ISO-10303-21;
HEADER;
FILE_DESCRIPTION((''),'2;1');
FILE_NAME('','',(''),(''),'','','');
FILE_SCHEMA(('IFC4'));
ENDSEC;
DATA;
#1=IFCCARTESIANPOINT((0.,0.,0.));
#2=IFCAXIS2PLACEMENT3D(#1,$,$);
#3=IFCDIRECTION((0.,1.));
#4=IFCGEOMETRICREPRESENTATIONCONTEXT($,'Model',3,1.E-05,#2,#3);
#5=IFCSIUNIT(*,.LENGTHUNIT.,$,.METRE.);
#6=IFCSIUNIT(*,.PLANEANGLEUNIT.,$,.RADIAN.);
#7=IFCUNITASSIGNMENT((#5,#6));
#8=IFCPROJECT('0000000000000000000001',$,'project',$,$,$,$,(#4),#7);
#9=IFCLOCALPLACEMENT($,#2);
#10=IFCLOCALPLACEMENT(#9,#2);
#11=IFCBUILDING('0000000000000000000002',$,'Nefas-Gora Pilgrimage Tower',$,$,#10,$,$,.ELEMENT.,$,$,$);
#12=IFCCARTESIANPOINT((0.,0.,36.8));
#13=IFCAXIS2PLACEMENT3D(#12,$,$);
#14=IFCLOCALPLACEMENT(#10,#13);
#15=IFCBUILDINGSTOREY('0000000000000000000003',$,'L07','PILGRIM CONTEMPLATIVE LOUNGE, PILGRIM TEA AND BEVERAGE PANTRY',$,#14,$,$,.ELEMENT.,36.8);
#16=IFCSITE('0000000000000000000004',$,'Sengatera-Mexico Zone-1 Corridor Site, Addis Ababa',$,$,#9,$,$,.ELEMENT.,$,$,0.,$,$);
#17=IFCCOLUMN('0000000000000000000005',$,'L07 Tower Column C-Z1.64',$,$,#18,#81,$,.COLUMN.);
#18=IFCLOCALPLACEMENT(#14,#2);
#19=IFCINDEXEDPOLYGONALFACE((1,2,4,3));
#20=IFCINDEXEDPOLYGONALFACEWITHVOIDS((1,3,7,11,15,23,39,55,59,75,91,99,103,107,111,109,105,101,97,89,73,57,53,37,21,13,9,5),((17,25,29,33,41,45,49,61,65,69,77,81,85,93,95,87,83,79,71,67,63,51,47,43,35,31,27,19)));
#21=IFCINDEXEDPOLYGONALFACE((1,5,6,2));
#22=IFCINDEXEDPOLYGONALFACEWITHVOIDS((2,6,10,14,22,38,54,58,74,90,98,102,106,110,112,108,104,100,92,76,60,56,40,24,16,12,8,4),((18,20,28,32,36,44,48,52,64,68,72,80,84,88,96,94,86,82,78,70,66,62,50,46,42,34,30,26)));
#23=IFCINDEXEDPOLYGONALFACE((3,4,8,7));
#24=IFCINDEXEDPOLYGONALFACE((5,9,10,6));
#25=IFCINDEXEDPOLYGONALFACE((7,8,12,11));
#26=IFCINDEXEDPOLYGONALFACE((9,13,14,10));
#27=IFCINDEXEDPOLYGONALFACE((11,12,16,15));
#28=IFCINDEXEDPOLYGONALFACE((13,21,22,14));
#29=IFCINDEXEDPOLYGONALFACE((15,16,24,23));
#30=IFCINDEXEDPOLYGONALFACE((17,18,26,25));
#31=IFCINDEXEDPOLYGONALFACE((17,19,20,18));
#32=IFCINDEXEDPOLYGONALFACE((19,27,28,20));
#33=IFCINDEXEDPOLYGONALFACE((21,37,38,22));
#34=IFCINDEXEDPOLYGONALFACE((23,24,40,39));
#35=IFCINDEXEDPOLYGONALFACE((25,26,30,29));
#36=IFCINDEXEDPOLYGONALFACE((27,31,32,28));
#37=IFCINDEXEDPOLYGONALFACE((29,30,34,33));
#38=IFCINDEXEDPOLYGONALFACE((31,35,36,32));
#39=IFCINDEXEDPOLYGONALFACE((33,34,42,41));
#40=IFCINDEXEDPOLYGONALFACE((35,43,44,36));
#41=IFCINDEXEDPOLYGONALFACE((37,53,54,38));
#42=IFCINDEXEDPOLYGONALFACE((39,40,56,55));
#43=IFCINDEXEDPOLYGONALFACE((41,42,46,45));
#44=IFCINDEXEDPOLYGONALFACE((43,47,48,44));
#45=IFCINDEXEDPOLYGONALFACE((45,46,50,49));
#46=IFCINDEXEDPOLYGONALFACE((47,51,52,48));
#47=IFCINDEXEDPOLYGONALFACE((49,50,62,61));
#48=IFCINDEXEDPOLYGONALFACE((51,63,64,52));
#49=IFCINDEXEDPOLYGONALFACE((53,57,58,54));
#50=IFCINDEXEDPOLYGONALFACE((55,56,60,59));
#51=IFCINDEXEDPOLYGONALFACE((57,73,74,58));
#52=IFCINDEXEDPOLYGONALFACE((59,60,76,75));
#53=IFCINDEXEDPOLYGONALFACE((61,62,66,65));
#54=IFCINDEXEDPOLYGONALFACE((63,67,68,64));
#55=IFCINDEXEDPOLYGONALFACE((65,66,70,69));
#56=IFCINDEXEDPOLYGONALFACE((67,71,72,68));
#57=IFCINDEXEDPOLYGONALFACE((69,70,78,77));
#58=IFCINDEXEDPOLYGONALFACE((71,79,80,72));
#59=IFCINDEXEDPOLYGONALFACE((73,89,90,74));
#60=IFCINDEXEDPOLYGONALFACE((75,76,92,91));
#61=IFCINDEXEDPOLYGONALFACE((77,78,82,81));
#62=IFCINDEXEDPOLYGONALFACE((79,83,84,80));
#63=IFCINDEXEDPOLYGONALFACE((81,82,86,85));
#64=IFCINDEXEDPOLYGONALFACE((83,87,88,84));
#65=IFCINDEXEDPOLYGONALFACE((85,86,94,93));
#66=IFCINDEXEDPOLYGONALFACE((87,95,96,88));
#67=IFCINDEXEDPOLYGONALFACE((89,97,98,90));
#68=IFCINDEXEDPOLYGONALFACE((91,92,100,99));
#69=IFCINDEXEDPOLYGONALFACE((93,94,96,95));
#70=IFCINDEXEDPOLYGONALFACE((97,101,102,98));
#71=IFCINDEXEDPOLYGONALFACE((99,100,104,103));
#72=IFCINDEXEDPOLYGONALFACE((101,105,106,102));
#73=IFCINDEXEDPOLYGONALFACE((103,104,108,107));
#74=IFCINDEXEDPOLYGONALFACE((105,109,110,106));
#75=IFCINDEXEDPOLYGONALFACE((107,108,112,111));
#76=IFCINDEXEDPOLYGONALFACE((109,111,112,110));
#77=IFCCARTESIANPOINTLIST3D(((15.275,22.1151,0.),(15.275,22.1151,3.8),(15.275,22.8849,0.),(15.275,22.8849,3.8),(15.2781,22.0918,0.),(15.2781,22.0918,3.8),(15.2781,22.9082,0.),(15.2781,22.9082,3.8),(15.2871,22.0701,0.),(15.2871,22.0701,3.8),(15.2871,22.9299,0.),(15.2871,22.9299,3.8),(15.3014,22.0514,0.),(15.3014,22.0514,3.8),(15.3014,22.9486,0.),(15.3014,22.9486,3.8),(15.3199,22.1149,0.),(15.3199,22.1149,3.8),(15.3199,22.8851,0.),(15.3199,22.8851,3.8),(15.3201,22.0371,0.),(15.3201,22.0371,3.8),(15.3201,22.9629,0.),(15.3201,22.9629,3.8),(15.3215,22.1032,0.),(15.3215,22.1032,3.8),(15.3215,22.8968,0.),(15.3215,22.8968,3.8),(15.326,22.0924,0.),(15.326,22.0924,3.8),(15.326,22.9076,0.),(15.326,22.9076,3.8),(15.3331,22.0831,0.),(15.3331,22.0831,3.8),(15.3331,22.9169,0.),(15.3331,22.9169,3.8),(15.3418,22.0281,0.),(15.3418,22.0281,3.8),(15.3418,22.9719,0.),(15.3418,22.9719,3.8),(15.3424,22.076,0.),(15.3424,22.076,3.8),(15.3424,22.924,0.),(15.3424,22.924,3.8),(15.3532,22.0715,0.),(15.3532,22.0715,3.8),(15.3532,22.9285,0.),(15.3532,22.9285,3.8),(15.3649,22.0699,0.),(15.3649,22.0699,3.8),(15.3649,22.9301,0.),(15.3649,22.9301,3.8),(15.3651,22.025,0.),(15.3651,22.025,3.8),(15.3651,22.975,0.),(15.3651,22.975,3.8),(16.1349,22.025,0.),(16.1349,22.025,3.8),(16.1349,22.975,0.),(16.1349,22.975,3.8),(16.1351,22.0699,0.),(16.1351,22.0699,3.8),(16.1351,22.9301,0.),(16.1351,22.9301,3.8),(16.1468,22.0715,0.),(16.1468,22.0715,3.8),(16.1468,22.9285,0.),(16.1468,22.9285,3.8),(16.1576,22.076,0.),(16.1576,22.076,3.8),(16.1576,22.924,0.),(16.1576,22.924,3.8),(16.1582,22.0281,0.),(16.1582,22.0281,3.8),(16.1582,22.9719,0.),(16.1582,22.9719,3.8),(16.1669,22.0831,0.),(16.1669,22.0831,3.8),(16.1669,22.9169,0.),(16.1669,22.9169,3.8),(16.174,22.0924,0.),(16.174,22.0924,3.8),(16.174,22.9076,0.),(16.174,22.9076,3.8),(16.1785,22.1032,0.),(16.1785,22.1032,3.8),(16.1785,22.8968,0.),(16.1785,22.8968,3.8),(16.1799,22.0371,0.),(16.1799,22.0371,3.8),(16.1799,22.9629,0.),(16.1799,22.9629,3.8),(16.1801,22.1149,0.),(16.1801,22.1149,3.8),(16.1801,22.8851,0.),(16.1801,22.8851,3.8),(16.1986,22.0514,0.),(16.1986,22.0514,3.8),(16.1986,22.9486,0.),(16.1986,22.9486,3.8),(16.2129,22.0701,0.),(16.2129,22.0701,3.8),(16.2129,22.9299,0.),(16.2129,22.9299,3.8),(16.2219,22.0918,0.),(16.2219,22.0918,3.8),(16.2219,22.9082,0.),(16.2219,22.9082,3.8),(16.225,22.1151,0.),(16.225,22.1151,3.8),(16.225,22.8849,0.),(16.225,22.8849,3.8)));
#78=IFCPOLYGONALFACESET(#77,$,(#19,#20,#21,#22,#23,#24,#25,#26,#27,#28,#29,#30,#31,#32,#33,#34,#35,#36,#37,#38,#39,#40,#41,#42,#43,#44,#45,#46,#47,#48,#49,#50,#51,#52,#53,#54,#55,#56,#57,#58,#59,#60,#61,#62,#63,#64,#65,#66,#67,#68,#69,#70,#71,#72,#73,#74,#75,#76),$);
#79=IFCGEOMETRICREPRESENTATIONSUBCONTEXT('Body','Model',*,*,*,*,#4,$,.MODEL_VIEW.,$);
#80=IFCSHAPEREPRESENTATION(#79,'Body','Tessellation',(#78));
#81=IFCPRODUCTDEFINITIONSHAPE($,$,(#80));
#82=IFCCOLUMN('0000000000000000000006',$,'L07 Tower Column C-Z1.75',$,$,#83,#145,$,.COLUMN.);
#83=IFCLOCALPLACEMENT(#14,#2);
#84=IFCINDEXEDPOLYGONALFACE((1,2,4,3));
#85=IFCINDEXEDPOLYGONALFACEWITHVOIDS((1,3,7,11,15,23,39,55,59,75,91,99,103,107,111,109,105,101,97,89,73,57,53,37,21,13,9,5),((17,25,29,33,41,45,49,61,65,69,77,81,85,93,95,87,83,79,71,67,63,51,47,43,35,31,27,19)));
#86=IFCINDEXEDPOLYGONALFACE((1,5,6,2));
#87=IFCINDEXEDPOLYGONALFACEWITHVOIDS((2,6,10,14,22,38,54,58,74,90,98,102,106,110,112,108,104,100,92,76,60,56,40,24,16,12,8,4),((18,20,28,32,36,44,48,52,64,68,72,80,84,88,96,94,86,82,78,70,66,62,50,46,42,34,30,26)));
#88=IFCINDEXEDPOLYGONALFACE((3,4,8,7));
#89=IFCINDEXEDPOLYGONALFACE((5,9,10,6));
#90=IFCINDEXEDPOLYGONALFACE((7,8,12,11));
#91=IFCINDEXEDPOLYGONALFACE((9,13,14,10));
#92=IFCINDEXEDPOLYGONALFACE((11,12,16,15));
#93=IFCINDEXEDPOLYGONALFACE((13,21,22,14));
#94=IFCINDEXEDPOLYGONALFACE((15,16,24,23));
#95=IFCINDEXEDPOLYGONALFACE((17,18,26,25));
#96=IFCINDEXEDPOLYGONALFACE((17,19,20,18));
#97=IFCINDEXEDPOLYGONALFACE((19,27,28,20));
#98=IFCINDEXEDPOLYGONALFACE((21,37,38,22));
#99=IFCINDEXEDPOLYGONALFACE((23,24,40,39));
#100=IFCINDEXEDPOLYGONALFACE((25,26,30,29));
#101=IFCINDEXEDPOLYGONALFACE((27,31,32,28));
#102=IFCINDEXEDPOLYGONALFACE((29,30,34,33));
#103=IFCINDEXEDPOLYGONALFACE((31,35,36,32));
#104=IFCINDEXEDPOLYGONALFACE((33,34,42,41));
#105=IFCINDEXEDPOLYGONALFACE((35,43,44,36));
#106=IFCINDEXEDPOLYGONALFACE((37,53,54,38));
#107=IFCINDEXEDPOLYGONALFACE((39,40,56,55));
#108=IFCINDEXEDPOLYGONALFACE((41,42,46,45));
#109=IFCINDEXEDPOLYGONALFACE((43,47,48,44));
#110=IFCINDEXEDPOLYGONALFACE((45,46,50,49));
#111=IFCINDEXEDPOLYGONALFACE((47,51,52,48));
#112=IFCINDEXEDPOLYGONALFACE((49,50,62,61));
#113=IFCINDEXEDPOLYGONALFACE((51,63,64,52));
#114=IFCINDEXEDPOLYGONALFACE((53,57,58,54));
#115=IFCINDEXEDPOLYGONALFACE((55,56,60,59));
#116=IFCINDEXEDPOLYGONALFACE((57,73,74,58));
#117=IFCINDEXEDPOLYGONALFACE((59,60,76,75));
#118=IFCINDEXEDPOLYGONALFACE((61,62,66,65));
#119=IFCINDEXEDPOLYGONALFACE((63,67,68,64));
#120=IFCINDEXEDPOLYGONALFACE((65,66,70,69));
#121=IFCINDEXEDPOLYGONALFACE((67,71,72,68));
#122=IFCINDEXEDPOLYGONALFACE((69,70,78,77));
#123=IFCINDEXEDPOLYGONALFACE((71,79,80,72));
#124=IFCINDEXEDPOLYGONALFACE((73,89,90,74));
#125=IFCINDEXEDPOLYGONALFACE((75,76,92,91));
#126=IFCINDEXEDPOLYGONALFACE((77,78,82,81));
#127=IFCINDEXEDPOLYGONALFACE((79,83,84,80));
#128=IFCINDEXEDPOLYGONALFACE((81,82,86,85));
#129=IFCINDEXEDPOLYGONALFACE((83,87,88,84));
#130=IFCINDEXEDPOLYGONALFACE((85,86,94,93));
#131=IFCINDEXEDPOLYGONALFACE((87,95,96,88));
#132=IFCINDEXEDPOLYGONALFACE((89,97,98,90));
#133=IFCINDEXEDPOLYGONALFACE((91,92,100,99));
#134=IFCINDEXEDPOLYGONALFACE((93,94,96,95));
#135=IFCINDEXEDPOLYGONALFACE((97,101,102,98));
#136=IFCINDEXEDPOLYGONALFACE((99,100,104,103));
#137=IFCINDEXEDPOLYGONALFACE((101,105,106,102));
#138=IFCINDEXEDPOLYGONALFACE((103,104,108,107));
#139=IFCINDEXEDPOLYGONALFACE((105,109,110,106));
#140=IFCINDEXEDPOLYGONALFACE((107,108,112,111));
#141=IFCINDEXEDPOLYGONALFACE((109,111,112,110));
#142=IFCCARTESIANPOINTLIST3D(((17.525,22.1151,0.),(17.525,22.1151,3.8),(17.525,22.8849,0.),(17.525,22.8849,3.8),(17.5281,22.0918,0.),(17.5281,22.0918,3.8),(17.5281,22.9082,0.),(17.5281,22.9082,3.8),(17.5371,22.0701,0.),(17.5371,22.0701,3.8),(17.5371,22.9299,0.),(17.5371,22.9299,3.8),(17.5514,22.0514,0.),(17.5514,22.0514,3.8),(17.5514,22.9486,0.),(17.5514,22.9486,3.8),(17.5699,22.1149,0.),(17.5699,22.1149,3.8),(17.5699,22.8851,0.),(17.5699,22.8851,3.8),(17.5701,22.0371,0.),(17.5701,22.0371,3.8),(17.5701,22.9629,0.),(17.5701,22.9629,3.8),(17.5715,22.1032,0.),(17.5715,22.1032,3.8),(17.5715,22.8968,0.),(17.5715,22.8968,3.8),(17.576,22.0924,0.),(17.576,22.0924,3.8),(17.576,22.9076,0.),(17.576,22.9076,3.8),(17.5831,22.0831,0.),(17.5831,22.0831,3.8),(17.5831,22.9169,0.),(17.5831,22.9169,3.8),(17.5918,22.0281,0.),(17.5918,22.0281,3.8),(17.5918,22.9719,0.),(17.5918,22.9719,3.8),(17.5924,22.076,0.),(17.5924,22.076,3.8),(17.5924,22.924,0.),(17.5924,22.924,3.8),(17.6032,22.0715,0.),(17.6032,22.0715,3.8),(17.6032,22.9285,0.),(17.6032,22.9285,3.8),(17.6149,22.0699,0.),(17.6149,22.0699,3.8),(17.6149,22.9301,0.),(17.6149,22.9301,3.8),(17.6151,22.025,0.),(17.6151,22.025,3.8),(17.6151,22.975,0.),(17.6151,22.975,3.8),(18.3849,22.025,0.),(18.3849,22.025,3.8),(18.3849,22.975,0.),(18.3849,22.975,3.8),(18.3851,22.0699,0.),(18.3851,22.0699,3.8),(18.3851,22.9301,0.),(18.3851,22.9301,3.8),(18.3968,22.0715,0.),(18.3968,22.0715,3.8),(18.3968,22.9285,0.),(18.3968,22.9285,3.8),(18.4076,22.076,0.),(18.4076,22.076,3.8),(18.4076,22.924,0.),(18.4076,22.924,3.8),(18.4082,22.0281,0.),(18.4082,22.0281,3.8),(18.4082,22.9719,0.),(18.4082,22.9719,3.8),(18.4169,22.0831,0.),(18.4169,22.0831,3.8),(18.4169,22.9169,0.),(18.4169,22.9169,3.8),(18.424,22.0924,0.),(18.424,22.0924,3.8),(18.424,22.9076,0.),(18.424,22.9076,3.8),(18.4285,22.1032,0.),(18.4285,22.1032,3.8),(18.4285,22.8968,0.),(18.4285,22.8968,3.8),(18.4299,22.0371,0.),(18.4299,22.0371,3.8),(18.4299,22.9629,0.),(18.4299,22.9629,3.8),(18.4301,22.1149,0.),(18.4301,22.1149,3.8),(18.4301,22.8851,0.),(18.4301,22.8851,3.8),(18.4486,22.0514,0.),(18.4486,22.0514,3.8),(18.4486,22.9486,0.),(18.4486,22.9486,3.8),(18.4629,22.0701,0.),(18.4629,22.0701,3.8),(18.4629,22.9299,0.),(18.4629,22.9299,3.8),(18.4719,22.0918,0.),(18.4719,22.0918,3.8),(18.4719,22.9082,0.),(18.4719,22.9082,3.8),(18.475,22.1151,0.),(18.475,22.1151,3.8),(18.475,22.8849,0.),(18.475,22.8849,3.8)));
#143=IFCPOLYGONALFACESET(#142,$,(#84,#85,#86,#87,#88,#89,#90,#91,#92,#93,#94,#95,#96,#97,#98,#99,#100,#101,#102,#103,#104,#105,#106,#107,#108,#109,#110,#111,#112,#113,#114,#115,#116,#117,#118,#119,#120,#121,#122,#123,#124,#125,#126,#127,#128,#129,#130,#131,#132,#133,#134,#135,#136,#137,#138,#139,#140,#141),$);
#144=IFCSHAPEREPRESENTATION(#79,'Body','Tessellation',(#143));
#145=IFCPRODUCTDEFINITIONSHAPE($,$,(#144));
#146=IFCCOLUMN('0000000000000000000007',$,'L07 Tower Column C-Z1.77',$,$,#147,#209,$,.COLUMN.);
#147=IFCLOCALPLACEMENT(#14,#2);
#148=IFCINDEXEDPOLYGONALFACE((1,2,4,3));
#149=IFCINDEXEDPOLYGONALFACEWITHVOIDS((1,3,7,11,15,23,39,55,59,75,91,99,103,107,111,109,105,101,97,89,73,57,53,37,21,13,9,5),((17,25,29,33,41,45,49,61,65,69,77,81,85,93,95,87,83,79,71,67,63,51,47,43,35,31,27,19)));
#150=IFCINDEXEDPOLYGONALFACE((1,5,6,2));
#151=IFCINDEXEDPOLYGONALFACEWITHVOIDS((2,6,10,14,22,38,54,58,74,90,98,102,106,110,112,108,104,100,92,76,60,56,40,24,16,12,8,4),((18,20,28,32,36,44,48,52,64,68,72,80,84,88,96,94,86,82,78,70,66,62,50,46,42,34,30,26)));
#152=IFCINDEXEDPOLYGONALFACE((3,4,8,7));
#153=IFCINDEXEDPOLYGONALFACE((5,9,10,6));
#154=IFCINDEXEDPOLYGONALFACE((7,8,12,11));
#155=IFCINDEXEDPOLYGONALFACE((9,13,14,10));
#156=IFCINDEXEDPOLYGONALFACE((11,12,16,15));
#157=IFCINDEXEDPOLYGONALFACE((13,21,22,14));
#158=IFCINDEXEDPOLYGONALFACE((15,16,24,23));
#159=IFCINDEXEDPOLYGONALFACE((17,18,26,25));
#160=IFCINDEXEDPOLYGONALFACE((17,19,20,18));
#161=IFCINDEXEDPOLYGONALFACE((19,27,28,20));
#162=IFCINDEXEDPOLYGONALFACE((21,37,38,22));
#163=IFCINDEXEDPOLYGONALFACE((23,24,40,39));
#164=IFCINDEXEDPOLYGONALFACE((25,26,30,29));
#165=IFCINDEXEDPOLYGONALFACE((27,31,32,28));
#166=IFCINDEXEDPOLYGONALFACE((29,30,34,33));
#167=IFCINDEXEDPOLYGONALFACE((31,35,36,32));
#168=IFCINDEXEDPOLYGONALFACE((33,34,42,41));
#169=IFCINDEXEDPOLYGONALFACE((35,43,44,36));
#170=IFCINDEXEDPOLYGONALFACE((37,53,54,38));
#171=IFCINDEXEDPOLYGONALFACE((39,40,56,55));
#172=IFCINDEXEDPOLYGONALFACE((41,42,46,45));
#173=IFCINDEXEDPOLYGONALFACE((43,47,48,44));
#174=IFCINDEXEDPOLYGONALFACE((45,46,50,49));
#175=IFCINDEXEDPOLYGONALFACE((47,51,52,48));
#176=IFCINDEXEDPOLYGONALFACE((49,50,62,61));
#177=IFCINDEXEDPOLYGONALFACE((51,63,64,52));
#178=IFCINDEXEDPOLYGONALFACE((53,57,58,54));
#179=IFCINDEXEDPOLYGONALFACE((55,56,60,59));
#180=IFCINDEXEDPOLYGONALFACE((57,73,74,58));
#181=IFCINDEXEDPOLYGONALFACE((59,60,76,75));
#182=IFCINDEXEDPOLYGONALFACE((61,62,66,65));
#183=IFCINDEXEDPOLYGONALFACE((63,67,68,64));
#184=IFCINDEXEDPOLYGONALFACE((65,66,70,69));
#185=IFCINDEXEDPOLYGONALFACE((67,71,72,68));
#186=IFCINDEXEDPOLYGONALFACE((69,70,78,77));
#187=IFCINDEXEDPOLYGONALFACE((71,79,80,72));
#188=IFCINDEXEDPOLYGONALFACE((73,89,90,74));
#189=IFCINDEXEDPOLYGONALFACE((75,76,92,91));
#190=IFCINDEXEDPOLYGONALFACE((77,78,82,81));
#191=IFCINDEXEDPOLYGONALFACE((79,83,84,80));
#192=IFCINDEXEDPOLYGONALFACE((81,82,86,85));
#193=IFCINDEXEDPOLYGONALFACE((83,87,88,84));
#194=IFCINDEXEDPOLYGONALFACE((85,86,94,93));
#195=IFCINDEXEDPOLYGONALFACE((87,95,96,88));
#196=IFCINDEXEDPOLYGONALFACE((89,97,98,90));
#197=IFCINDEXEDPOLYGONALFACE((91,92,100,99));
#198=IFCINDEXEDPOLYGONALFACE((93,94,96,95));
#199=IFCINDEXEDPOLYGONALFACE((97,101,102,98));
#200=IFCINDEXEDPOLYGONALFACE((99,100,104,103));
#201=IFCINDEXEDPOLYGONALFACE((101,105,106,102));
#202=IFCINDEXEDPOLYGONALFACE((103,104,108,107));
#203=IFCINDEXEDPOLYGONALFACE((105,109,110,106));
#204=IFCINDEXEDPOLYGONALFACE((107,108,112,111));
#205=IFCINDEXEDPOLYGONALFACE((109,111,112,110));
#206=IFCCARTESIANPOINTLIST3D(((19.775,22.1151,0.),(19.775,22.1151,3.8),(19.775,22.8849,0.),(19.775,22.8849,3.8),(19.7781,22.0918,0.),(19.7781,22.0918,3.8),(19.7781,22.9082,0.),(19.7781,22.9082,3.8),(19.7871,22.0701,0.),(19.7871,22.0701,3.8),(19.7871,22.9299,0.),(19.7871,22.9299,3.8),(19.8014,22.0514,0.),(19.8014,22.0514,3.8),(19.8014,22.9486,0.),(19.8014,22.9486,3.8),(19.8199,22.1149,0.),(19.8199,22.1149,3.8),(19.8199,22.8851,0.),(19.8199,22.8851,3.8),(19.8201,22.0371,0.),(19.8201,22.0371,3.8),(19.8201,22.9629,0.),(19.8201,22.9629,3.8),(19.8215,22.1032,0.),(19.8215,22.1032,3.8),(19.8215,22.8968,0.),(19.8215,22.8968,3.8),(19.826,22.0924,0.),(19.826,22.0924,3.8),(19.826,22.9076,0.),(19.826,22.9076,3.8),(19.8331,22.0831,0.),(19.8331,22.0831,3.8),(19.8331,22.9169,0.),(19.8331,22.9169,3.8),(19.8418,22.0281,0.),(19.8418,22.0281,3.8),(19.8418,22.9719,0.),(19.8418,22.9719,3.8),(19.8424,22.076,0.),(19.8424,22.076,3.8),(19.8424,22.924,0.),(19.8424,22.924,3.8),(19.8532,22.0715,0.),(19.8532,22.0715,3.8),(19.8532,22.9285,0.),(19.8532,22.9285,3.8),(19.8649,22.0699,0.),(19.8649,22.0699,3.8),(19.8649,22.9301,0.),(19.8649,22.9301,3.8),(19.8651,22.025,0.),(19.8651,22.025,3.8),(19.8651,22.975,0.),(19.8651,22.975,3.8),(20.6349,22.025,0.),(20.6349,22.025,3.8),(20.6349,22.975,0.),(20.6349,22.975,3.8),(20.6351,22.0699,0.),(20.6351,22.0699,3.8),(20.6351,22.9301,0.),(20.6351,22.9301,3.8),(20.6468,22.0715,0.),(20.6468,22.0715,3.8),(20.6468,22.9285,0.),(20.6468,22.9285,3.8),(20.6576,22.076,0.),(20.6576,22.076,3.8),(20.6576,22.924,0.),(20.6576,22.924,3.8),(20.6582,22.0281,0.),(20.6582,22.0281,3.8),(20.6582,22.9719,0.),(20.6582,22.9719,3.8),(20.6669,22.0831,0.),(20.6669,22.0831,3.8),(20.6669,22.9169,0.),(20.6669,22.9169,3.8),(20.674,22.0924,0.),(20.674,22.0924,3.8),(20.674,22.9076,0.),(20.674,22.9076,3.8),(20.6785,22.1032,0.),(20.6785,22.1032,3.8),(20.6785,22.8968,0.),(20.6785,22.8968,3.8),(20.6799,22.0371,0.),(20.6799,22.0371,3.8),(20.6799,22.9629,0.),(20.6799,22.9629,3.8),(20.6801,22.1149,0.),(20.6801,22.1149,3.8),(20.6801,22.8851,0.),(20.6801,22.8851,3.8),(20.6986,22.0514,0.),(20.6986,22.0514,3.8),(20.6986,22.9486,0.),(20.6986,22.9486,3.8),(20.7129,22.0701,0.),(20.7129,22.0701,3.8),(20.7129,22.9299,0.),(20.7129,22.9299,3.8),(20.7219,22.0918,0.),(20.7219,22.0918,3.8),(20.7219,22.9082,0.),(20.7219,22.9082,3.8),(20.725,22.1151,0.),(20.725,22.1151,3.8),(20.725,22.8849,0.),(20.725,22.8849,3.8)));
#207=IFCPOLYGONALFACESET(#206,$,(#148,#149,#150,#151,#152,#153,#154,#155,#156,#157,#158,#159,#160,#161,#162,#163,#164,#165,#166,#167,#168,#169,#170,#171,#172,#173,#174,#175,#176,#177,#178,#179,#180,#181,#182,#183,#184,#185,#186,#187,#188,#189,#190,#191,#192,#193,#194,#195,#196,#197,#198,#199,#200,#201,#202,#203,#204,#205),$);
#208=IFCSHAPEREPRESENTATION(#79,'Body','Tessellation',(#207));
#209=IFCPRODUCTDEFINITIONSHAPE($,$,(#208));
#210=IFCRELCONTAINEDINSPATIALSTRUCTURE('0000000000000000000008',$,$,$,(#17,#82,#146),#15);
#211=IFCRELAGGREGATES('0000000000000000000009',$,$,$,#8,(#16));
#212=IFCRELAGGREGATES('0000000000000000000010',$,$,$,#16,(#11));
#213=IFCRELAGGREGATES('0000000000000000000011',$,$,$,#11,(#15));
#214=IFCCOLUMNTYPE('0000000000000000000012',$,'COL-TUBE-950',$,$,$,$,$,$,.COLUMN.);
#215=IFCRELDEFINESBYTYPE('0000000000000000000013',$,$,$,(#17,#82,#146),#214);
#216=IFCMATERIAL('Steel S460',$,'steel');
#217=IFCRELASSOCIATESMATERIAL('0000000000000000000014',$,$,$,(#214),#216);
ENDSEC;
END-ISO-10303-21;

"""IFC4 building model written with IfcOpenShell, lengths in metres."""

from ifc_helpers import new_model, si_unit, direction, frame, origin, origin_2d, place, context, subcontext, project, spatial, hollow_rectangle, extrude, source, transform, mapped, material, material_profile, profile_set, type_object, element, save


model = new_model("IFC4")

# Units and contexts
model_context = context("Model", 3, precision=1e-05, world=origin(), true_north=direction((0.0, 1.0)))
body_context = subcontext(model_context, "Body", "Model", "MODEL_VIEW")
ifc_project = project(units=[si_unit("LENGTHUNIT", "METRE"), si_unit("PLANEANGLEUNIT", "RADIAN")], contexts=[model_context])

# Site, building, storey
site_placement = place(None, origin())
site = spatial("IfcSite", under=ifc_project, at=site_placement, Name="Sengatera-Mexico Zone-1 Corridor Site, Addis Ababa", CompositionType="ELEMENT", RefElevation=0.0)
building_placement = place(site_placement, origin())
building = spatial("IfcBuilding", under=site, at=building_placement, Name="Nefas-Gora Pilgrimage Tower", CompositionType="ELEMENT")
storey_placement = place(building_placement, frame((0.0, 0.0, 36.8)))
storey = spatial("IfcBuildingStorey", under=building, at=storey_placement, Name="L07", Description="PILGRIM CONTEMPLATIVE LOUNGE, PILGRIM TEA AND BEVERAGE PANTRY", CompositionType="ELEMENT", Elevation=36.8)

# Columns
ifc_material_1 = material(Name="Steel S460", Category="steel")
ifc_material_profile_1 = material_profile(ifc_material_1, hollow_rectangle(XDim=0.95, YDim=0.95, WallThickness=0.0449, InnerFilletRadius=0.0449, OuterFilletRadius=0.0901, at=origin_2d()), Name="BOX 950x950x45")
ifc_profile_set_1 = profile_set([ifc_material_profile_1], Name="Steel S460")
column_type_1 = type_object("IfcColumnType", Name="COL-TUBE-950", PredefinedType="COLUMN", material=ifc_profile_set_1)
shared_shape_1 = source(origin(), body_context, "Body", "SweptSolid", [
    extrude(hollow_rectangle(XDim=0.95, YDim=0.95, WallThickness=0.0449, InnerFilletRadius=0.0449, OuterFilletRadius=0.0901, at=origin_2d()), origin(), (0.0, 0.0, 1.0), 3.8),
])
for number, where, z_axis, x_axis, name in (
    (1, (15.75, 22.5, 0.0), (0.0, 0.0, 1.0), (1.0, 0.0, 0.0), "L07 Tower Column C-Z1.64"),
    (2, (18.0, 22.5, 0.0), (0.0, 0.0, 1.0), (1.0, 0.0, 0.0), "L07 Tower Column C-Z1.75"),
    (3, (20.25, 22.5, 0.0), (0.0, 0.0, 1.0), (1.0, 0.0, 0.0), "L07 Tower Column C-Z1.77"),
):
    element("IfcColumn", number, at=place(storey_placement, frame(where, z_axis=z_axis, x_axis=x_axis)), inside=storey, type_object=column_type_1, Name=name, PredefinedType="COLUMN", context=body_context, shape_type="MappedRepresentation", body=[
        mapped(shared_shape_1, transform((0.0, 0.0, 0.0), x_axis=(1.0, 0.0, 0.0), y_axis=(0.0, 1.0, 0.0), z_axis=(0.0, 0.0, 1.0), scale=1.0)),
    ])

save(model, "model.ifc")
